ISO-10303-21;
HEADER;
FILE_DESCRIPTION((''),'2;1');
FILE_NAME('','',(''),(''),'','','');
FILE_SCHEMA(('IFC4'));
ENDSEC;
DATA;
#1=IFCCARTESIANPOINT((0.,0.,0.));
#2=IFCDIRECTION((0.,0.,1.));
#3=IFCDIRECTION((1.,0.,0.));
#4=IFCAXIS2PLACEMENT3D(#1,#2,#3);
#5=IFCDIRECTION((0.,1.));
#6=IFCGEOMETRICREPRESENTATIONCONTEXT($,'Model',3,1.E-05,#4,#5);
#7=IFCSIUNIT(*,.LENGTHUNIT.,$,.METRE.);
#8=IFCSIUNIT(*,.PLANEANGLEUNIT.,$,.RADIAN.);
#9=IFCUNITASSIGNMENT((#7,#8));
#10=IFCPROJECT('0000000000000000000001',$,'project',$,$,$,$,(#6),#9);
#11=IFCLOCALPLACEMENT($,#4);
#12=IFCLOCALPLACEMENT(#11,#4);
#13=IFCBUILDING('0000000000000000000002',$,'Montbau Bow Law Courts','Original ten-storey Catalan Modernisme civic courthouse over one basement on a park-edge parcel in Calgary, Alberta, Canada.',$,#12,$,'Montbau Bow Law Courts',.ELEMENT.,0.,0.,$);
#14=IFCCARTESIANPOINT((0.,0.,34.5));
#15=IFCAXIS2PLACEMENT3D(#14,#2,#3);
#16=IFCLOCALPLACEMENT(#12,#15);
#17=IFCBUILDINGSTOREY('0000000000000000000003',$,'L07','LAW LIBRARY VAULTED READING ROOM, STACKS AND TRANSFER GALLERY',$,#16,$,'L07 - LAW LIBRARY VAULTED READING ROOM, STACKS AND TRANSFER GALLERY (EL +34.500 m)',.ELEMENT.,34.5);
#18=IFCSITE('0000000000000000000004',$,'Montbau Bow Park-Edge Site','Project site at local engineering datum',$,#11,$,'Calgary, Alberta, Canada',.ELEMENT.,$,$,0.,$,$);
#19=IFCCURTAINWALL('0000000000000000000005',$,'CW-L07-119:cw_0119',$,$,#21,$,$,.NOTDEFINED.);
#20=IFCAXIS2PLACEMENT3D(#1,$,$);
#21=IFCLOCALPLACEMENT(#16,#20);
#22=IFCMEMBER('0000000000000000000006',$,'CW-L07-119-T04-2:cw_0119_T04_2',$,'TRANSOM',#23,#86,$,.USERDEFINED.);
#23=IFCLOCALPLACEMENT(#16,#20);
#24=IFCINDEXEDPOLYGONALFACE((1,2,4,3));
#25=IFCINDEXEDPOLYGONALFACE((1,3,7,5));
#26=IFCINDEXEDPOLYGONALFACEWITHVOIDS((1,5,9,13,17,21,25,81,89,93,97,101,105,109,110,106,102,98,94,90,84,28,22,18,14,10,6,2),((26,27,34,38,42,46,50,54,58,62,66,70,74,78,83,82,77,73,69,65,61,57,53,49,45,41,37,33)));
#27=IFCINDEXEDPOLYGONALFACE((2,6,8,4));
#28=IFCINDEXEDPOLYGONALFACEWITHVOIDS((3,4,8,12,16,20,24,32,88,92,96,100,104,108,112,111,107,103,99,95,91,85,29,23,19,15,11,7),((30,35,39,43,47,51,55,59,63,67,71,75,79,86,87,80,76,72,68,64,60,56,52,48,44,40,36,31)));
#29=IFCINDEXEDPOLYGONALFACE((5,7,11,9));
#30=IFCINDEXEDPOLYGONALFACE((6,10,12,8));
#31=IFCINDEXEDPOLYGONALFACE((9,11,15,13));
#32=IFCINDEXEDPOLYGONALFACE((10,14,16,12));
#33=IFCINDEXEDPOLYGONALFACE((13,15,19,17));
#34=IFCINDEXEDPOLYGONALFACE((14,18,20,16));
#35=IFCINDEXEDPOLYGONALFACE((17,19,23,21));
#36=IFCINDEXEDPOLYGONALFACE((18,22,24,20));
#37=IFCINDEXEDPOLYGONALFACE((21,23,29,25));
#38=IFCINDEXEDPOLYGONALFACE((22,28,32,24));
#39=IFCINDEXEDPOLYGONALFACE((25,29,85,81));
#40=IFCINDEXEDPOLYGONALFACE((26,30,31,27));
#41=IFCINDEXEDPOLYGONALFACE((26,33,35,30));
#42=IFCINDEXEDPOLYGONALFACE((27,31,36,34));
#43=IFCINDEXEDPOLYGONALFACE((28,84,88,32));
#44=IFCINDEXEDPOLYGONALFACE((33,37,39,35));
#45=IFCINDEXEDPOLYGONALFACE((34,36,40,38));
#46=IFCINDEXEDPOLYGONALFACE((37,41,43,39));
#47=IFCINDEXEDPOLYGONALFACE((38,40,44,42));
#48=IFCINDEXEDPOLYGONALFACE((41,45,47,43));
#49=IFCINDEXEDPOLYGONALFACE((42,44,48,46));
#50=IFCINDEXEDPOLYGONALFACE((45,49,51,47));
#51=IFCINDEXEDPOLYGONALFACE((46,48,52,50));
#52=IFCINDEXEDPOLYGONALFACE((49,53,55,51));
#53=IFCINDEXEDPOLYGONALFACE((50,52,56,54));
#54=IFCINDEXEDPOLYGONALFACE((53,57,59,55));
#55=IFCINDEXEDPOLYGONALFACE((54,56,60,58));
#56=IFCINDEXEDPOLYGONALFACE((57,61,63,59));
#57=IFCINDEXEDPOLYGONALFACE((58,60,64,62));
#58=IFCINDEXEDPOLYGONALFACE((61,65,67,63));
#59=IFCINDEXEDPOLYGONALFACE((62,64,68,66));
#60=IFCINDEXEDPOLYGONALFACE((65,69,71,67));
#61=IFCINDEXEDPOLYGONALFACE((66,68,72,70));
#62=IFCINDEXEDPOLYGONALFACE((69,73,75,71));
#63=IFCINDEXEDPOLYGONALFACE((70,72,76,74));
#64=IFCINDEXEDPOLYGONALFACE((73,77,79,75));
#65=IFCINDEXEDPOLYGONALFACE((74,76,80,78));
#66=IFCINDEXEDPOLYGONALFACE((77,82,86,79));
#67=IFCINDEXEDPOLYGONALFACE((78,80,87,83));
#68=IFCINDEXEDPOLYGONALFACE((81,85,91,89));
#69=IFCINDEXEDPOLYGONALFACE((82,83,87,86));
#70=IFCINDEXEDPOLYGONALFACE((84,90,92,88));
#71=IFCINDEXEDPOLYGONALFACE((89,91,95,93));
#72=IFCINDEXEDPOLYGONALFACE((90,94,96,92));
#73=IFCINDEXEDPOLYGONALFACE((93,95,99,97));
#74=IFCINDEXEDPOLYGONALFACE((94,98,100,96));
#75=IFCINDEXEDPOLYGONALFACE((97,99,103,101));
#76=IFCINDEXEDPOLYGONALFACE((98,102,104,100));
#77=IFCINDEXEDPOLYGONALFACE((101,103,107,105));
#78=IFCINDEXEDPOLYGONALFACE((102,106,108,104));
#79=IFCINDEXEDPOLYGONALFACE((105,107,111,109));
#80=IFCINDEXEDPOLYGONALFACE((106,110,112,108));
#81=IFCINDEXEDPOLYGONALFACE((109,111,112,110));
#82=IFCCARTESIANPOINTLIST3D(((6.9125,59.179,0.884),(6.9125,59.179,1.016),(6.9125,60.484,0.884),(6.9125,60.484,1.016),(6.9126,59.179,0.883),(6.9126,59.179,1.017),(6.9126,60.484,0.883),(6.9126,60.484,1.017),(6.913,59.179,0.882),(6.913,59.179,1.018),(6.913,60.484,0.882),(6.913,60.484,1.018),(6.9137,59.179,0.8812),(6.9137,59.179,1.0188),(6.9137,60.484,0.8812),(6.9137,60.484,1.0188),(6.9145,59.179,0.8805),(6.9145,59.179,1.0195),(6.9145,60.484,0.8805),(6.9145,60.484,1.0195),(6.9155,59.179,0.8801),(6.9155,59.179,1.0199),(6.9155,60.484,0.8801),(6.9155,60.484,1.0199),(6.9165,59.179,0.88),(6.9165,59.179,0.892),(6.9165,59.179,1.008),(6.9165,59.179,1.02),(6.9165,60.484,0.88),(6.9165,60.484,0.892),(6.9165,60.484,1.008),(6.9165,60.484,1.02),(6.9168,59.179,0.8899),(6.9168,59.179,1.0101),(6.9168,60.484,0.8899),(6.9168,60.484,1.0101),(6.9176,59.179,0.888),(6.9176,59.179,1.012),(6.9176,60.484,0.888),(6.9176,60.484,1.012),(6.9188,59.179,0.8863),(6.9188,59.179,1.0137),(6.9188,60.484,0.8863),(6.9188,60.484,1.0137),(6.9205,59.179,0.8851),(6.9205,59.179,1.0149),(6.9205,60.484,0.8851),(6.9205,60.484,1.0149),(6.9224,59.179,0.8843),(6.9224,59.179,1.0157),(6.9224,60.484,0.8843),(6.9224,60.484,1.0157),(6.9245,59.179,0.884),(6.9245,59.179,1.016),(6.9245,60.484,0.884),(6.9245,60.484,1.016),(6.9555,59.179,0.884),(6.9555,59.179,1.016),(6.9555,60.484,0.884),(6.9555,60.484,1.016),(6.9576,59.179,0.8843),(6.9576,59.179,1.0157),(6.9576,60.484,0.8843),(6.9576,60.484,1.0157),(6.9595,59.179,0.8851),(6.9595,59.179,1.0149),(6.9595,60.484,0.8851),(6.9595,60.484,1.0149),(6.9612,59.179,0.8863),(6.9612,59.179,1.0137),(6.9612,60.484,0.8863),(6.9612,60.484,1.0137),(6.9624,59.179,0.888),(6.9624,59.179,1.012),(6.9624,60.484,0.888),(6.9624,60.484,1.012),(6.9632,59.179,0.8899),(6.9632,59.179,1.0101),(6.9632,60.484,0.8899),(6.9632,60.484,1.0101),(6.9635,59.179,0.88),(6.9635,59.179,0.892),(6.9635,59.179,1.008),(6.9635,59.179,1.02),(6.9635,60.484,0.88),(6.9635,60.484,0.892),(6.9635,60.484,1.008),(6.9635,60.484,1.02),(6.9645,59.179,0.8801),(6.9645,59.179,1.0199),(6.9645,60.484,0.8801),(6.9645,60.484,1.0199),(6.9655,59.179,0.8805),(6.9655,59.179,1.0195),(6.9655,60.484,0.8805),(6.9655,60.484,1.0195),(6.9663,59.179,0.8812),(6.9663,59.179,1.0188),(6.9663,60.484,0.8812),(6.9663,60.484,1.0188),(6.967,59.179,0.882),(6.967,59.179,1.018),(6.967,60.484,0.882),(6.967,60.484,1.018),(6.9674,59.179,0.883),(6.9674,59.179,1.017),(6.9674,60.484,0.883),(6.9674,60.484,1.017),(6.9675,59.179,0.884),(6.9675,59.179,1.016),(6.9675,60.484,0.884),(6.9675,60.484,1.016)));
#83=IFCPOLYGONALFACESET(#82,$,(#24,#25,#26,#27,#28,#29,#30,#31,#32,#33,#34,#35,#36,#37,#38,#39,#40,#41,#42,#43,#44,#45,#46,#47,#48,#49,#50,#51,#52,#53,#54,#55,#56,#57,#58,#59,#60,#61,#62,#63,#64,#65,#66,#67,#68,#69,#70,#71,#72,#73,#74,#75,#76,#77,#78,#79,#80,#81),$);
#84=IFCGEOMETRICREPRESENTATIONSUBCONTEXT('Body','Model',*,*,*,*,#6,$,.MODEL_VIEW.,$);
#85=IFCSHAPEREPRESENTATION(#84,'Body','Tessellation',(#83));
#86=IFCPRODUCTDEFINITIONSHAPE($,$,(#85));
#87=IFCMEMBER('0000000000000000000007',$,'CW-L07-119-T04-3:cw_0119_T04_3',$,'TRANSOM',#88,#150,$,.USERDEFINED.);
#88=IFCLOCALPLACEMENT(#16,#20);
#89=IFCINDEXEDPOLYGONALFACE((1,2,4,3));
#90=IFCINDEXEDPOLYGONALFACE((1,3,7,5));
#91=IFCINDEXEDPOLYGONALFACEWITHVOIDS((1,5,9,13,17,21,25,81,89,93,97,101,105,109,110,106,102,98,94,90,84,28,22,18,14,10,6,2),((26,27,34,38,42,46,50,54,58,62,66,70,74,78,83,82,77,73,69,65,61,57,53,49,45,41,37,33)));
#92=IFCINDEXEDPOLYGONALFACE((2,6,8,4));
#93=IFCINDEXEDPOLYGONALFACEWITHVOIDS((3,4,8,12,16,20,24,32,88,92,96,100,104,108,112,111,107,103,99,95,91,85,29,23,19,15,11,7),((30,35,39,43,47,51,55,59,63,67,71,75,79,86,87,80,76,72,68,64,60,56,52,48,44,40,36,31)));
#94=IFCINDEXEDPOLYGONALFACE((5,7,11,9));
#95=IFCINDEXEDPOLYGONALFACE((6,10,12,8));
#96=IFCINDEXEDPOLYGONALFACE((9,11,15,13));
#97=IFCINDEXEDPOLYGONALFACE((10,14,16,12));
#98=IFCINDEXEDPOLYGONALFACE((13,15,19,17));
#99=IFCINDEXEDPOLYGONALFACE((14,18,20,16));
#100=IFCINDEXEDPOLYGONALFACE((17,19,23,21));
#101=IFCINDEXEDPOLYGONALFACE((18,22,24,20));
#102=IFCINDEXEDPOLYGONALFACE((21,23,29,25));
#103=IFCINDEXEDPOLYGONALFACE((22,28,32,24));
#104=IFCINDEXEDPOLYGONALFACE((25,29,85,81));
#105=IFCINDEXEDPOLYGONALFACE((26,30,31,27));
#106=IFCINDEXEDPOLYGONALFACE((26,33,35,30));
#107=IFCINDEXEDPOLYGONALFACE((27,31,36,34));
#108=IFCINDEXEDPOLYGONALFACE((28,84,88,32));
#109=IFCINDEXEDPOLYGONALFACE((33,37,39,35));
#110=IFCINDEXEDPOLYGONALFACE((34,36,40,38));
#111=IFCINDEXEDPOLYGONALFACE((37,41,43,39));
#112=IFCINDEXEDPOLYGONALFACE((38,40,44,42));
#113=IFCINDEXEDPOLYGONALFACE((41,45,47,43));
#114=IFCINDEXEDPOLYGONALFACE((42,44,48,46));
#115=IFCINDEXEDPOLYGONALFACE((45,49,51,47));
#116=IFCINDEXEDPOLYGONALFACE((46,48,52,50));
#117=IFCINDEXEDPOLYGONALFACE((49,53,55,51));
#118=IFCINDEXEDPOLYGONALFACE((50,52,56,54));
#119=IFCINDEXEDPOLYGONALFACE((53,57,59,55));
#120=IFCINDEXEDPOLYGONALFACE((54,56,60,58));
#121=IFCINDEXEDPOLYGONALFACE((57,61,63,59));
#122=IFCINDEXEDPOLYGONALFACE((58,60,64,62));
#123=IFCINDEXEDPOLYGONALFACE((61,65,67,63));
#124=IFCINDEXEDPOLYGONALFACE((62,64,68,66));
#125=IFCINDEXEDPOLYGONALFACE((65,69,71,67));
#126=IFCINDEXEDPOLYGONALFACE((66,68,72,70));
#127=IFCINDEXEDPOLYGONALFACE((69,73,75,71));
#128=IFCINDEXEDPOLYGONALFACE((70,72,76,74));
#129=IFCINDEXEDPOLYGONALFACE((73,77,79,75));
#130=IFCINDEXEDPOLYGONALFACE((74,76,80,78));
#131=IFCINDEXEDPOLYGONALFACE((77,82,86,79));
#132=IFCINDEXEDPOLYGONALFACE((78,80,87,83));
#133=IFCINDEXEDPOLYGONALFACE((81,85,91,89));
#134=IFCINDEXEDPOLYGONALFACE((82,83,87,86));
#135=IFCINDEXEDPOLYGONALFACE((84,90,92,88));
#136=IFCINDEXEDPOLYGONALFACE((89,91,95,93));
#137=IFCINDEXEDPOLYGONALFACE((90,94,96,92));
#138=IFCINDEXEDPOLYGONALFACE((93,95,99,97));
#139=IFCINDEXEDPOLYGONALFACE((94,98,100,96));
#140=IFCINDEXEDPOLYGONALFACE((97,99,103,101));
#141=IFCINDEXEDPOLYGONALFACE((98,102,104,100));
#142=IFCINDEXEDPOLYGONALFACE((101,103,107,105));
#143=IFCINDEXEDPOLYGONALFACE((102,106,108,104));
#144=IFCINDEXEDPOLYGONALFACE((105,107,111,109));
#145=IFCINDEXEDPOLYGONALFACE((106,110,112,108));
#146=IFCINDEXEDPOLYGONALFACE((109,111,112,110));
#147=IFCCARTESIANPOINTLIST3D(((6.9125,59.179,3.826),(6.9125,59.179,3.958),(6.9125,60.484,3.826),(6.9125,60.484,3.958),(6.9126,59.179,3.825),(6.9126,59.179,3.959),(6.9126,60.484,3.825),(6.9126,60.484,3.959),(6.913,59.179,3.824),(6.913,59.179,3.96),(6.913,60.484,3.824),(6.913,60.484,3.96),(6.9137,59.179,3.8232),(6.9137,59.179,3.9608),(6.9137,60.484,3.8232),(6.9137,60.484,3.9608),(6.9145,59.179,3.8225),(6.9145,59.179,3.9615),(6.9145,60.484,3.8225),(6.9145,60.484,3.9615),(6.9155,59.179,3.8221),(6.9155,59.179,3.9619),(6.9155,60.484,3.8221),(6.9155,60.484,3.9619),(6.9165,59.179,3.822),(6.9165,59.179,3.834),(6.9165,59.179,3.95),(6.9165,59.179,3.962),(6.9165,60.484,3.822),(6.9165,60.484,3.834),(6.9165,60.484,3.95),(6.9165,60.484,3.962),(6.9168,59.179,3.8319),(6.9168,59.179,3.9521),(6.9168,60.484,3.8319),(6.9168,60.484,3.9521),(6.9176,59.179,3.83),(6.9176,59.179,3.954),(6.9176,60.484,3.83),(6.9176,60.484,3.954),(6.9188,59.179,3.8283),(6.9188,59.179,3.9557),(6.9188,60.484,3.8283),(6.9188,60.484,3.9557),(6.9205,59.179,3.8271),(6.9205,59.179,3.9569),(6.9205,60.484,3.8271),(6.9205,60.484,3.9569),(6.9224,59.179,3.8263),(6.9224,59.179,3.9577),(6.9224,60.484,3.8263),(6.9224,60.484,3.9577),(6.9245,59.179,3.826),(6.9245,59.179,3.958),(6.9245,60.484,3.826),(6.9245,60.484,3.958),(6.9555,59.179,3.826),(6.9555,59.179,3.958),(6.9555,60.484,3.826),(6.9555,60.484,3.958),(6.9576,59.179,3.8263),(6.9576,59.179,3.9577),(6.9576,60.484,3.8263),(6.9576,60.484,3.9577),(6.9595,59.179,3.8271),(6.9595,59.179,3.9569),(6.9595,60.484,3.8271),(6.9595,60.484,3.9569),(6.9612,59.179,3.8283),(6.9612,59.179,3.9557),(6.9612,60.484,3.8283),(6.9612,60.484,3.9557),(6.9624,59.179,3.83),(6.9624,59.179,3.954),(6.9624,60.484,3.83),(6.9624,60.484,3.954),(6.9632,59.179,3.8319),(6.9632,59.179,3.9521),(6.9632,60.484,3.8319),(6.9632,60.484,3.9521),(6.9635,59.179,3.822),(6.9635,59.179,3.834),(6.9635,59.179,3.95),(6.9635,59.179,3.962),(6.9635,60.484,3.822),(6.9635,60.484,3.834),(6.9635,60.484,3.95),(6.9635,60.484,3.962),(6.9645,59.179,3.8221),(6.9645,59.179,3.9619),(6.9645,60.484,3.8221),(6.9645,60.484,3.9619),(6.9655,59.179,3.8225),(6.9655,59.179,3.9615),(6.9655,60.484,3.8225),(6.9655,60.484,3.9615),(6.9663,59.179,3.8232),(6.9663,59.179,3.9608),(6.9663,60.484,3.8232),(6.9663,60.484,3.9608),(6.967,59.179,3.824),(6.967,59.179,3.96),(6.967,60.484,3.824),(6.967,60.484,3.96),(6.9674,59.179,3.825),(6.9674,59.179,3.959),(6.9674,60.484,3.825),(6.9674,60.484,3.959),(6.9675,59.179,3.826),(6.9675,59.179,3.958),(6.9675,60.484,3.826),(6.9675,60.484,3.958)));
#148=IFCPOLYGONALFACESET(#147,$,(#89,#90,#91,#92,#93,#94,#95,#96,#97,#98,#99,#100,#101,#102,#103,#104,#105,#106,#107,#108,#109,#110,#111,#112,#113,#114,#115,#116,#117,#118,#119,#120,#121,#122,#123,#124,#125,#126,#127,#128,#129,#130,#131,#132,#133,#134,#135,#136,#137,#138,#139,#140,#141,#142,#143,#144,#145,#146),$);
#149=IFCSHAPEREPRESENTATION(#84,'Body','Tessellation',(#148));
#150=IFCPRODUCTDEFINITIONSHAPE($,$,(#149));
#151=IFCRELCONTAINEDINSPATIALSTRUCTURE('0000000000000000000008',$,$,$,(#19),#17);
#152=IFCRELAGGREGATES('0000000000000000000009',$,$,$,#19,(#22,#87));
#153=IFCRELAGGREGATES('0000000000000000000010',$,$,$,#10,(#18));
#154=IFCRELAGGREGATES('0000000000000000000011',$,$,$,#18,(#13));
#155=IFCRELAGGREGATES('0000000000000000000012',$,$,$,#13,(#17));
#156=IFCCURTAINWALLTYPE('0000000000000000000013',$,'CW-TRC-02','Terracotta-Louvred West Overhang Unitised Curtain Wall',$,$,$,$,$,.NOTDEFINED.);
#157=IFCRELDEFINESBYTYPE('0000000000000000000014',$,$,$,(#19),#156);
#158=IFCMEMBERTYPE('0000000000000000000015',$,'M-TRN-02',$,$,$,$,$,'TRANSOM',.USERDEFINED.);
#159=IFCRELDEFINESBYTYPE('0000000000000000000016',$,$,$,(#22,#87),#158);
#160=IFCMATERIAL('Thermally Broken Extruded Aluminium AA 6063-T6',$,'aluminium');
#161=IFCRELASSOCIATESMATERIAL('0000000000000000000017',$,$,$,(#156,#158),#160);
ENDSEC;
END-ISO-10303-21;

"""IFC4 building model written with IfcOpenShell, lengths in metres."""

from ifc_helpers import new_model, si_unit, direction, frame, origin_with_axes, origin_2d_with_axis, place, context, subcontext, project, spatial, hollow_rectangle, extrude, material, material_profile, profile_set, type_object, element, aggregate, save


model = new_model("IFC4")

# Units and contexts
model_context = context("Model", 3, precision=1e-05, world=origin_with_axes(), true_north=direction((0.0, 1.0)))
body_context = subcontext(model_context, "Body", "Model", "MODEL_VIEW")
ifc_project = project(units=[si_unit("LENGTHUNIT", "METRE"), si_unit("PLANEANGLEUNIT", "RADIAN")], contexts=[model_context])

# Site, building, storey
site_placement = place(None, origin_with_axes())
site = spatial("IfcSite", under=ifc_project, at=site_placement, Name="Montbau Bow Park-Edge Site", Description="Project site at local engineering datum", LongName="Calgary, Alberta, Canada", CompositionType="ELEMENT", RefElevation=0.0)
building_placement = place(site_placement, origin_with_axes())
building = spatial("IfcBuilding", under=site, at=building_placement, Name="Montbau Bow Law Courts", Description="Original ten-storey Catalan Modernisme civic courthouse over one basement on a park-edge parcel in Calgary, Alberta, Canada.", LongName="Montbau Bow Law Courts", CompositionType="ELEMENT", ElevationOfRefHeight=0.0, ElevationOfTerrain=0.0)
storey_placement = place(building_placement, frame((0.0, 0.0, 34.5), z_axis=(0.0, 0.0, 1.0), x_axis=(1.0, 0.0, 0.0)))
storey = spatial("IfcBuildingStorey", under=building, at=storey_placement, Name="L07", Description="LAW LIBRARY VAULTED READING ROOM, STACKS AND TRANSFER GALLERY", LongName="L07 - LAW LIBRARY VAULTED READING ROOM, STACKS AND TRANSFER GALLERY (EL +34.500 m)", CompositionType="ELEMENT", Elevation=34.5)

# Shared definitions
ifc_material_1 = material(Name="Thermally Broken Extruded Aluminium AA 6063-T6", Category="aluminium")
curtain_wall_type = type_object("IfcCurtainWallType", Name="CW-TRC-02", Description="Terracotta-Louvred West Overhang Unitised Curtain Wall", PredefinedType="NOTDEFINED", material=ifc_material_1)

# Curtain wall, members
curtain_wall_1_placement = place(None, frame((6.94, 55.04, 34.5), z_axis=(0.0, 0.0, 1.0), x_axis=(1.0, 0.0, 0.0)))
curtain_wall_1 = element("IfcCurtainWall", 1, at=curtain_wall_1_placement, inside=storey, type_object=curtain_wall_type, Name="CW-L07-119:cw_0119", PredefinedType="NOTDEFINED")
ifc_material_profile_1 = material_profile(ifc_material_1, hollow_rectangle(XDim=0.055, YDim=0.14, WallThickness=0.004, InnerFilletRadius=0.008, OuterFilletRadius=0.004, at=origin_2d_with_axis()), Name="CWT-140X55", Category="Main", Priority=0)
ifc_profile_set_1 = profile_set([ifc_material_profile_1], Name="Thermally Broken Extruded Aluminium AA 6063-T6")
member_type_1 = type_object("IfcMemberType", Name="M-TRN-02", ElementType="TRANSOM", PredefinedType="USERDEFINED", material=ifc_profile_set_1)
member_1_placement = place(None, frame((6.94, 59.179, 35.45), z_axis=(0.0, 1.0, 0.0), x_axis=(-1.0, 0.0, 0.0)))
member_1 = element("IfcMember", 2, at=member_1_placement, type_object=member_type_1, Name="CW-L07-119-T04-2:cw_0119_T04_2", ObjectType="TRANSOM", PredefinedType="USERDEFINED", context=body_context, shape_type="SweptSolid", body=[
    extrude(hollow_rectangle(XDim=0.055, YDim=0.14, WallThickness=0.004, InnerFilletRadius=0.008, OuterFilletRadius=0.004, at=origin_2d_with_axis()), origin_with_axes(), (0.0, 0.0, 1.0), 1.305),
])
member_2_placement = place(None, frame((6.94, 59.179, 38.392), z_axis=(0.0, 1.0, 0.0), x_axis=(-1.0, 0.0, 0.0)))
member_2 = element("IfcMember", 3, at=member_2_placement, type_object=member_type_1, Name="CW-L07-119-T04-3:cw_0119_T04_3", ObjectType="TRANSOM", PredefinedType="USERDEFINED", context=body_context, shape_type="SweptSolid", body=[
    extrude(hollow_rectangle(XDim=0.055, YDim=0.14, WallThickness=0.004, InnerFilletRadius=0.008, OuterFilletRadius=0.004, at=origin_2d_with_axis()), origin_with_axes(), (0.0, 0.0, 1.0), 1.305),
])

aggregate(curtain_wall_1, [member_1, member_2])

save(model, "model.ifc")
